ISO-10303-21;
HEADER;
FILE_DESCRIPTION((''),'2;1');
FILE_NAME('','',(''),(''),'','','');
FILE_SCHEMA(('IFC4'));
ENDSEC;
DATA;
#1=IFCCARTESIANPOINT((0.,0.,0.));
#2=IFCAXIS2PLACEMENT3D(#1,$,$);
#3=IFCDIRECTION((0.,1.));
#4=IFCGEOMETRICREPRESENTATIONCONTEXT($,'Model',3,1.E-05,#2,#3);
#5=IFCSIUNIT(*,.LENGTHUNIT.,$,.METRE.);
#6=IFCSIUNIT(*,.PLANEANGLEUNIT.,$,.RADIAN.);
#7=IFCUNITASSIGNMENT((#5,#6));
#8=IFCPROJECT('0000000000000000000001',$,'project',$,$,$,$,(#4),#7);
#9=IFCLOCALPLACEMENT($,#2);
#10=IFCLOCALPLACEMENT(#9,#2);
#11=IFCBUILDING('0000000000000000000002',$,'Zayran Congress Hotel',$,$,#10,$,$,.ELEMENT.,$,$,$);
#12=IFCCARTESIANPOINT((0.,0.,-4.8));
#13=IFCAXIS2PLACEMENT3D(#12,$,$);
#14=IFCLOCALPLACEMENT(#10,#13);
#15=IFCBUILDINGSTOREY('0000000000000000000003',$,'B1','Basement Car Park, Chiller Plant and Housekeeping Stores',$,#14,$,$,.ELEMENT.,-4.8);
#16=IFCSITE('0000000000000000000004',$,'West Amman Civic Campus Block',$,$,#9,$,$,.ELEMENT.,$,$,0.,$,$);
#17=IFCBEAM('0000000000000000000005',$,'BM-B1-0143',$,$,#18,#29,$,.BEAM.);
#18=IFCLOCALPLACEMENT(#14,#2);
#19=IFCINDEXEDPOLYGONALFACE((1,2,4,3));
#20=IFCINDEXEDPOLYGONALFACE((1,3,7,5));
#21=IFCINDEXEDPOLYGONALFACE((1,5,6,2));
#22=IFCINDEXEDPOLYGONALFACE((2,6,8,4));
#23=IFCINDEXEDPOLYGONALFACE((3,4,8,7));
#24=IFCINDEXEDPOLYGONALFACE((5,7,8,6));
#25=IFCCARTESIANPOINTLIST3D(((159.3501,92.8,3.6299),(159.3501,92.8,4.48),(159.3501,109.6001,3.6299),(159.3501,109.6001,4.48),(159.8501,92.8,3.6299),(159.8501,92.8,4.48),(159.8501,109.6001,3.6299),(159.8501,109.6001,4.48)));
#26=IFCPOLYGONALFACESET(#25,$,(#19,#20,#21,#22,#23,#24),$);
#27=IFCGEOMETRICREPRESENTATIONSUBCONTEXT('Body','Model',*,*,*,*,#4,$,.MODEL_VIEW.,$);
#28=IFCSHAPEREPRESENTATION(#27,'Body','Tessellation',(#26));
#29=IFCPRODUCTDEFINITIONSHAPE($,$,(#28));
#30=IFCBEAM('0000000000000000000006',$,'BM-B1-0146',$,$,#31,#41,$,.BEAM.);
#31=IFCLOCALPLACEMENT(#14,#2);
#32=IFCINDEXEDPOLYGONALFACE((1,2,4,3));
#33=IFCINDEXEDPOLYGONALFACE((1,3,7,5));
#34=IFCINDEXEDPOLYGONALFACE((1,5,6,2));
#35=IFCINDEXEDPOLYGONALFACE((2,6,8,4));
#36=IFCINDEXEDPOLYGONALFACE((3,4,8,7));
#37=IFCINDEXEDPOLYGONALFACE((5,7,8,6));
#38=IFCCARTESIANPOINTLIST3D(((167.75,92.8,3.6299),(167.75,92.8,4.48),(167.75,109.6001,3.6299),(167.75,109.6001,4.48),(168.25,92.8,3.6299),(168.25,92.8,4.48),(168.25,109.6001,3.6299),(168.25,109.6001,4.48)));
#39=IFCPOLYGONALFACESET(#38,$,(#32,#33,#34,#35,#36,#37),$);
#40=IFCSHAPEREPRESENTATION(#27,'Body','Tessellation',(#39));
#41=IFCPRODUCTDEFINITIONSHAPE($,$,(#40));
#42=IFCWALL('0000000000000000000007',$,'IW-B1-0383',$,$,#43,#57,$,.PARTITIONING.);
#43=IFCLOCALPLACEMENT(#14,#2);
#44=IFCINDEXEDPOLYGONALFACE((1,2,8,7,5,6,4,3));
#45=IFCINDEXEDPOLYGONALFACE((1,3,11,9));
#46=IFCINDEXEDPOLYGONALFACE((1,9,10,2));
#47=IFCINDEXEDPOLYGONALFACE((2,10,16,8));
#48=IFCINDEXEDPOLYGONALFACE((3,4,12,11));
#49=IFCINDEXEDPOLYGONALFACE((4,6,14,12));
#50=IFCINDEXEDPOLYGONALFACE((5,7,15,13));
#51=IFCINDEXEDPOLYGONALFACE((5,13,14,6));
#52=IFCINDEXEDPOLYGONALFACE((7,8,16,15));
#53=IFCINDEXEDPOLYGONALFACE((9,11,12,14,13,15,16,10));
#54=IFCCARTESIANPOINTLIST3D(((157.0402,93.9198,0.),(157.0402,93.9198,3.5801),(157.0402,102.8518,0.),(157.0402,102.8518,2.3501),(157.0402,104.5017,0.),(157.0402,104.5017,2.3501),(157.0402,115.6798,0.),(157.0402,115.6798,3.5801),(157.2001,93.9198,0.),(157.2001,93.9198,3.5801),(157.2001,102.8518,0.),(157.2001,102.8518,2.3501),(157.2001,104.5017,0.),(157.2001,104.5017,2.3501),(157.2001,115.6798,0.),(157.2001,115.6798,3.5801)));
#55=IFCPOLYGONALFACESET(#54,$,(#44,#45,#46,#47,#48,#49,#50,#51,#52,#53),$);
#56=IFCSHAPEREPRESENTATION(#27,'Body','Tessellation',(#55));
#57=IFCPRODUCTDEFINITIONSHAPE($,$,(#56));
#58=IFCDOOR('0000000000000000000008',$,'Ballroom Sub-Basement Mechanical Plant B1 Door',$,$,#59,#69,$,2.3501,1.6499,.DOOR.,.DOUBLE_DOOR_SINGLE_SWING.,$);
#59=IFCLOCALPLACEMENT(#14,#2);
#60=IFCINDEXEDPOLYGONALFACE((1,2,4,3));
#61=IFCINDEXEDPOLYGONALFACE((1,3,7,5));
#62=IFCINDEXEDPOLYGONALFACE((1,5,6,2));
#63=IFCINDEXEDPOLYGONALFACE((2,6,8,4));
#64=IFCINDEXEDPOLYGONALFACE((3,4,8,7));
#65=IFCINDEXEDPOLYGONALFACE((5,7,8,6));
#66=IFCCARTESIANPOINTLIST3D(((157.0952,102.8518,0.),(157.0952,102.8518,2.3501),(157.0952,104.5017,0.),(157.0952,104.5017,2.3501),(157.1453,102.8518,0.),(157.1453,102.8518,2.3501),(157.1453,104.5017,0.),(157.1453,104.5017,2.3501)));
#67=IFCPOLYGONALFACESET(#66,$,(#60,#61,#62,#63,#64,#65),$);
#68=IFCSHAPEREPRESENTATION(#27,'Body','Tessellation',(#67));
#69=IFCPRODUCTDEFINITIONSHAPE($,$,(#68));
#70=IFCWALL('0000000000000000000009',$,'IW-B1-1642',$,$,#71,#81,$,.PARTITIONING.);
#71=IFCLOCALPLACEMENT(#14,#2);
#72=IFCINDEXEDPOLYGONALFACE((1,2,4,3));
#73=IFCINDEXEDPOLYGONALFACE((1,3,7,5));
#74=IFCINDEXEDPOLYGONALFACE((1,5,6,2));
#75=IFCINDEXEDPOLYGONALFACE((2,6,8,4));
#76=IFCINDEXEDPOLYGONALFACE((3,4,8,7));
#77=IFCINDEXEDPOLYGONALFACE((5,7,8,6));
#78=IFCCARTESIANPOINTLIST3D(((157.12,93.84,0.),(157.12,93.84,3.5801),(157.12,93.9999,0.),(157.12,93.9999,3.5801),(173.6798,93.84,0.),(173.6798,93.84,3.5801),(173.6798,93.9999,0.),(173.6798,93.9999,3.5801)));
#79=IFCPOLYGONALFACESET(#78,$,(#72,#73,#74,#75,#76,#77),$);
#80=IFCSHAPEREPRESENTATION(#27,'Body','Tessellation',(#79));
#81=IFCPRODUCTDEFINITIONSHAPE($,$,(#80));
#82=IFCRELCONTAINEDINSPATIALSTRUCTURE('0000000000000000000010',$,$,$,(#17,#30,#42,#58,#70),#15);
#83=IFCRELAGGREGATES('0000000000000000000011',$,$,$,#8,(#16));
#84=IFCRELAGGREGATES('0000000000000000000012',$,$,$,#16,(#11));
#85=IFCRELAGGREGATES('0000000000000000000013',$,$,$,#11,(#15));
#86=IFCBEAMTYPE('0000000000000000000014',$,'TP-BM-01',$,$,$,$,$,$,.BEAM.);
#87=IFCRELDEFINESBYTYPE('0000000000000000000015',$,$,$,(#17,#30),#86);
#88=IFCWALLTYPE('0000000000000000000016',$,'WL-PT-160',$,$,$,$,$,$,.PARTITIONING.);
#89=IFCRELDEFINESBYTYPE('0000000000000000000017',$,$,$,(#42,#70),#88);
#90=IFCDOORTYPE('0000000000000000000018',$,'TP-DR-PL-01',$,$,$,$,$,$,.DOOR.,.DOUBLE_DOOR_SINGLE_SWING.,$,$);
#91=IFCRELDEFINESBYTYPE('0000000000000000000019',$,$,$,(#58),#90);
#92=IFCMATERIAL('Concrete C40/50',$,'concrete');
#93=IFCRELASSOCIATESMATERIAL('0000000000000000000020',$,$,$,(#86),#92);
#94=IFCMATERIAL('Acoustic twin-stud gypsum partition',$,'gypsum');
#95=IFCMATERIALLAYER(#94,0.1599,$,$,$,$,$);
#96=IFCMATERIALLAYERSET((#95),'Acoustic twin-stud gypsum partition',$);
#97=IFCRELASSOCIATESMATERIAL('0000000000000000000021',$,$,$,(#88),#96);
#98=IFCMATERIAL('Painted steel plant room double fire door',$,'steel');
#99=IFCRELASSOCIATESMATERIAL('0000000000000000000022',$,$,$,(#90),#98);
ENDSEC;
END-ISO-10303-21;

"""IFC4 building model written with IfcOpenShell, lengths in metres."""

from ifc_helpers import new_model, si_unit, direction, frame, frame_2d, origin, origin_2d, place, context, subcontext, project, spatial, rectangle, extrude, material, layer, layer_set, material_profile, profile_set, type_object, element, fill, save


model = new_model("IFC4")

# Units and contexts
model_context = context("Model", 3, precision=1e-05, world=origin(), true_north=direction((0.0, 1.0)))
body_context = subcontext(model_context, "Body", "Model", "MODEL_VIEW")
ifc_project = project(units=[si_unit("LENGTHUNIT", "METRE"), si_unit("PLANEANGLEUNIT", "RADIAN")], contexts=[model_context])

# Site, building, storey
site_placement = place(None, origin())
site = spatial("IfcSite", under=ifc_project, at=site_placement, Name="West Amman Civic Campus Block", CompositionType="ELEMENT", RefElevation=0.0)
building_placement = place(site_placement, origin())
building = spatial("IfcBuilding", under=site, at=building_placement, Name="Zayran Congress Hotel", CompositionType="ELEMENT")
storey_placement = place(building_placement, frame((0.0, 0.0, -4.8)))
storey = spatial("IfcBuildingStorey", under=building, at=storey_placement, Name="B1", Description="Basement Car Park, Chiller Plant and Housekeeping Stores", CompositionType="ELEMENT", Elevation=-4.8)

# Shared definitions
ifc_material_1 = material(Name="Concrete C40/50", Category="concrete")

# Beams
ifc_material_profile_1 = material_profile(ifc_material_1, rectangle(XDim=0.5, YDim=0.8501, at=origin_2d()), Name="RC 500x850")
ifc_profile_set_1 = profile_set([ifc_material_profile_1], Name="Concrete C40/50")
beam_type = type_object("IfcBeamType", Name="TP-BM-01", PredefinedType="BEAM", material=ifc_profile_set_1)
for number, where, z_axis, x_axis, name in (
    (1, (159.6001, 92.8, 4.0549), (0.0, 1.0, 0.0), (-1.0, 0.0, 0.0), "BM-B1-0143"),
    (2, (168.0, 92.8, 4.0549), (0.0, 1.0, 0.0), (-1.0, 0.0, 0.0), "BM-B1-0146"),
):
    element("IfcBeam", number, at=place(storey_placement, frame(where, z_axis=z_axis, x_axis=x_axis)), inside=storey, type_object=beam_type, Name=name, PredefinedType="BEAM", context=body_context, shape_type="SweptSolid", body=[
        extrude(rectangle(XDim=0.5, YDim=0.8501, at=origin_2d()), origin(), (0.0, 0.0, 1.0), 16.8),
    ])

# Wall, opening, door
ifc_material_2 = material(Name="Acoustic twin-stud gypsum partition", Category="gypsum")
ifc_layer = layer(ifc_material_2, 0.1599)
ifc_layer_set = layer_set([ifc_layer], Name="Acoustic twin-stud gypsum partition")
wall_type = type_object("IfcWallType", Name="WL-PT-160", PredefinedType="PARTITIONING", material=ifc_layer_set)
wall_1_placement = place(storey_placement, frame((157.1201, 93.9199, 0.0), z_axis=(0.0, 0.0, 1.0), x_axis=(0.0, 1.0, 0.0)))
wall_1 = element("IfcWall", 3, at=wall_1_placement, inside=storey, type_object=wall_type, Name="IW-B1-0383", PredefinedType="PARTITIONING", context=body_context, shape_type="SweptSolid", body=[
    extrude(rectangle(XDim=21.76, YDim=0.1599, at=frame_2d((10.8799, 0.0))), origin(), (0.0, 0.0, 1.0), 3.5801),
])
opening_placement = place(wall_1_placement, frame((8.9319, 0.0, 0.0)))
opening = element("IfcOpeningElement", 4, at=opening_placement, cuts=wall_1, PredefinedType="OPENING", context=body_context, shape_type="SweptSolid", body=[
    extrude(rectangle(XDim=1.6499, YDim=2.3501, at=frame_2d((0.825, 1.175))), frame((0.0, 0.0898, 0.0), z_axis=(0.0, -1.0, 0.0), x_axis=(1.0, 0.0, 0.0)), (0.0, 0.0, 1.0), 0.1799),
])
ifc_material_3 = material(Name="Painted steel plant room double fire door", Category="steel")
door_type = type_object("IfcDoorType", Name="TP-DR-PL-01", OperationType="DOUBLE_DOOR_SINGLE_SWING", PredefinedType="DOOR", material=ifc_material_3)
door_placement = place(opening_placement, origin())
door = element("IfcDoor", 5, at=door_placement, inside=storey, type_object=door_type, Name="Ballroom Sub-Basement Mechanical Plant B1 Door", OperationType="DOUBLE_DOOR_SINGLE_SWING", OverallHeight=2.3501, OverallWidth=1.6499, PredefinedType="DOOR", context=body_context, shape_type="SweptSolid", body=[
    extrude(rectangle(XDim=1.6499, YDim=2.3501, at=frame_2d((0.825, 1.175))), frame((0.0, 0.0249, 0.0), z_axis=(0.0, -1.0, 0.0), x_axis=(1.0, 0.0, 0.0)), (0.0, 0.0, 1.0), 0.05),
])
fill(opening, door)

# Wall
wall_2_placement = place(storey_placement, frame((157.1201, 93.9199, 0.0), z_axis=(0.0, 0.0, 1.0), x_axis=(1.0, 0.0, 0.0)))
element("IfcWall", 6, at=wall_2_placement, inside=storey, type_object=wall_type, Name="IW-B1-1642", PredefinedType="PARTITIONING", context=body_context, shape_type="SweptSolid", body=[
    extrude(rectangle(XDim=16.5598, YDim=0.1599, at=frame_2d((8.2798, 0.0))), origin(), (0.0, 0.0, 1.0), 3.5801),
])

save(model, "model.ifc")
